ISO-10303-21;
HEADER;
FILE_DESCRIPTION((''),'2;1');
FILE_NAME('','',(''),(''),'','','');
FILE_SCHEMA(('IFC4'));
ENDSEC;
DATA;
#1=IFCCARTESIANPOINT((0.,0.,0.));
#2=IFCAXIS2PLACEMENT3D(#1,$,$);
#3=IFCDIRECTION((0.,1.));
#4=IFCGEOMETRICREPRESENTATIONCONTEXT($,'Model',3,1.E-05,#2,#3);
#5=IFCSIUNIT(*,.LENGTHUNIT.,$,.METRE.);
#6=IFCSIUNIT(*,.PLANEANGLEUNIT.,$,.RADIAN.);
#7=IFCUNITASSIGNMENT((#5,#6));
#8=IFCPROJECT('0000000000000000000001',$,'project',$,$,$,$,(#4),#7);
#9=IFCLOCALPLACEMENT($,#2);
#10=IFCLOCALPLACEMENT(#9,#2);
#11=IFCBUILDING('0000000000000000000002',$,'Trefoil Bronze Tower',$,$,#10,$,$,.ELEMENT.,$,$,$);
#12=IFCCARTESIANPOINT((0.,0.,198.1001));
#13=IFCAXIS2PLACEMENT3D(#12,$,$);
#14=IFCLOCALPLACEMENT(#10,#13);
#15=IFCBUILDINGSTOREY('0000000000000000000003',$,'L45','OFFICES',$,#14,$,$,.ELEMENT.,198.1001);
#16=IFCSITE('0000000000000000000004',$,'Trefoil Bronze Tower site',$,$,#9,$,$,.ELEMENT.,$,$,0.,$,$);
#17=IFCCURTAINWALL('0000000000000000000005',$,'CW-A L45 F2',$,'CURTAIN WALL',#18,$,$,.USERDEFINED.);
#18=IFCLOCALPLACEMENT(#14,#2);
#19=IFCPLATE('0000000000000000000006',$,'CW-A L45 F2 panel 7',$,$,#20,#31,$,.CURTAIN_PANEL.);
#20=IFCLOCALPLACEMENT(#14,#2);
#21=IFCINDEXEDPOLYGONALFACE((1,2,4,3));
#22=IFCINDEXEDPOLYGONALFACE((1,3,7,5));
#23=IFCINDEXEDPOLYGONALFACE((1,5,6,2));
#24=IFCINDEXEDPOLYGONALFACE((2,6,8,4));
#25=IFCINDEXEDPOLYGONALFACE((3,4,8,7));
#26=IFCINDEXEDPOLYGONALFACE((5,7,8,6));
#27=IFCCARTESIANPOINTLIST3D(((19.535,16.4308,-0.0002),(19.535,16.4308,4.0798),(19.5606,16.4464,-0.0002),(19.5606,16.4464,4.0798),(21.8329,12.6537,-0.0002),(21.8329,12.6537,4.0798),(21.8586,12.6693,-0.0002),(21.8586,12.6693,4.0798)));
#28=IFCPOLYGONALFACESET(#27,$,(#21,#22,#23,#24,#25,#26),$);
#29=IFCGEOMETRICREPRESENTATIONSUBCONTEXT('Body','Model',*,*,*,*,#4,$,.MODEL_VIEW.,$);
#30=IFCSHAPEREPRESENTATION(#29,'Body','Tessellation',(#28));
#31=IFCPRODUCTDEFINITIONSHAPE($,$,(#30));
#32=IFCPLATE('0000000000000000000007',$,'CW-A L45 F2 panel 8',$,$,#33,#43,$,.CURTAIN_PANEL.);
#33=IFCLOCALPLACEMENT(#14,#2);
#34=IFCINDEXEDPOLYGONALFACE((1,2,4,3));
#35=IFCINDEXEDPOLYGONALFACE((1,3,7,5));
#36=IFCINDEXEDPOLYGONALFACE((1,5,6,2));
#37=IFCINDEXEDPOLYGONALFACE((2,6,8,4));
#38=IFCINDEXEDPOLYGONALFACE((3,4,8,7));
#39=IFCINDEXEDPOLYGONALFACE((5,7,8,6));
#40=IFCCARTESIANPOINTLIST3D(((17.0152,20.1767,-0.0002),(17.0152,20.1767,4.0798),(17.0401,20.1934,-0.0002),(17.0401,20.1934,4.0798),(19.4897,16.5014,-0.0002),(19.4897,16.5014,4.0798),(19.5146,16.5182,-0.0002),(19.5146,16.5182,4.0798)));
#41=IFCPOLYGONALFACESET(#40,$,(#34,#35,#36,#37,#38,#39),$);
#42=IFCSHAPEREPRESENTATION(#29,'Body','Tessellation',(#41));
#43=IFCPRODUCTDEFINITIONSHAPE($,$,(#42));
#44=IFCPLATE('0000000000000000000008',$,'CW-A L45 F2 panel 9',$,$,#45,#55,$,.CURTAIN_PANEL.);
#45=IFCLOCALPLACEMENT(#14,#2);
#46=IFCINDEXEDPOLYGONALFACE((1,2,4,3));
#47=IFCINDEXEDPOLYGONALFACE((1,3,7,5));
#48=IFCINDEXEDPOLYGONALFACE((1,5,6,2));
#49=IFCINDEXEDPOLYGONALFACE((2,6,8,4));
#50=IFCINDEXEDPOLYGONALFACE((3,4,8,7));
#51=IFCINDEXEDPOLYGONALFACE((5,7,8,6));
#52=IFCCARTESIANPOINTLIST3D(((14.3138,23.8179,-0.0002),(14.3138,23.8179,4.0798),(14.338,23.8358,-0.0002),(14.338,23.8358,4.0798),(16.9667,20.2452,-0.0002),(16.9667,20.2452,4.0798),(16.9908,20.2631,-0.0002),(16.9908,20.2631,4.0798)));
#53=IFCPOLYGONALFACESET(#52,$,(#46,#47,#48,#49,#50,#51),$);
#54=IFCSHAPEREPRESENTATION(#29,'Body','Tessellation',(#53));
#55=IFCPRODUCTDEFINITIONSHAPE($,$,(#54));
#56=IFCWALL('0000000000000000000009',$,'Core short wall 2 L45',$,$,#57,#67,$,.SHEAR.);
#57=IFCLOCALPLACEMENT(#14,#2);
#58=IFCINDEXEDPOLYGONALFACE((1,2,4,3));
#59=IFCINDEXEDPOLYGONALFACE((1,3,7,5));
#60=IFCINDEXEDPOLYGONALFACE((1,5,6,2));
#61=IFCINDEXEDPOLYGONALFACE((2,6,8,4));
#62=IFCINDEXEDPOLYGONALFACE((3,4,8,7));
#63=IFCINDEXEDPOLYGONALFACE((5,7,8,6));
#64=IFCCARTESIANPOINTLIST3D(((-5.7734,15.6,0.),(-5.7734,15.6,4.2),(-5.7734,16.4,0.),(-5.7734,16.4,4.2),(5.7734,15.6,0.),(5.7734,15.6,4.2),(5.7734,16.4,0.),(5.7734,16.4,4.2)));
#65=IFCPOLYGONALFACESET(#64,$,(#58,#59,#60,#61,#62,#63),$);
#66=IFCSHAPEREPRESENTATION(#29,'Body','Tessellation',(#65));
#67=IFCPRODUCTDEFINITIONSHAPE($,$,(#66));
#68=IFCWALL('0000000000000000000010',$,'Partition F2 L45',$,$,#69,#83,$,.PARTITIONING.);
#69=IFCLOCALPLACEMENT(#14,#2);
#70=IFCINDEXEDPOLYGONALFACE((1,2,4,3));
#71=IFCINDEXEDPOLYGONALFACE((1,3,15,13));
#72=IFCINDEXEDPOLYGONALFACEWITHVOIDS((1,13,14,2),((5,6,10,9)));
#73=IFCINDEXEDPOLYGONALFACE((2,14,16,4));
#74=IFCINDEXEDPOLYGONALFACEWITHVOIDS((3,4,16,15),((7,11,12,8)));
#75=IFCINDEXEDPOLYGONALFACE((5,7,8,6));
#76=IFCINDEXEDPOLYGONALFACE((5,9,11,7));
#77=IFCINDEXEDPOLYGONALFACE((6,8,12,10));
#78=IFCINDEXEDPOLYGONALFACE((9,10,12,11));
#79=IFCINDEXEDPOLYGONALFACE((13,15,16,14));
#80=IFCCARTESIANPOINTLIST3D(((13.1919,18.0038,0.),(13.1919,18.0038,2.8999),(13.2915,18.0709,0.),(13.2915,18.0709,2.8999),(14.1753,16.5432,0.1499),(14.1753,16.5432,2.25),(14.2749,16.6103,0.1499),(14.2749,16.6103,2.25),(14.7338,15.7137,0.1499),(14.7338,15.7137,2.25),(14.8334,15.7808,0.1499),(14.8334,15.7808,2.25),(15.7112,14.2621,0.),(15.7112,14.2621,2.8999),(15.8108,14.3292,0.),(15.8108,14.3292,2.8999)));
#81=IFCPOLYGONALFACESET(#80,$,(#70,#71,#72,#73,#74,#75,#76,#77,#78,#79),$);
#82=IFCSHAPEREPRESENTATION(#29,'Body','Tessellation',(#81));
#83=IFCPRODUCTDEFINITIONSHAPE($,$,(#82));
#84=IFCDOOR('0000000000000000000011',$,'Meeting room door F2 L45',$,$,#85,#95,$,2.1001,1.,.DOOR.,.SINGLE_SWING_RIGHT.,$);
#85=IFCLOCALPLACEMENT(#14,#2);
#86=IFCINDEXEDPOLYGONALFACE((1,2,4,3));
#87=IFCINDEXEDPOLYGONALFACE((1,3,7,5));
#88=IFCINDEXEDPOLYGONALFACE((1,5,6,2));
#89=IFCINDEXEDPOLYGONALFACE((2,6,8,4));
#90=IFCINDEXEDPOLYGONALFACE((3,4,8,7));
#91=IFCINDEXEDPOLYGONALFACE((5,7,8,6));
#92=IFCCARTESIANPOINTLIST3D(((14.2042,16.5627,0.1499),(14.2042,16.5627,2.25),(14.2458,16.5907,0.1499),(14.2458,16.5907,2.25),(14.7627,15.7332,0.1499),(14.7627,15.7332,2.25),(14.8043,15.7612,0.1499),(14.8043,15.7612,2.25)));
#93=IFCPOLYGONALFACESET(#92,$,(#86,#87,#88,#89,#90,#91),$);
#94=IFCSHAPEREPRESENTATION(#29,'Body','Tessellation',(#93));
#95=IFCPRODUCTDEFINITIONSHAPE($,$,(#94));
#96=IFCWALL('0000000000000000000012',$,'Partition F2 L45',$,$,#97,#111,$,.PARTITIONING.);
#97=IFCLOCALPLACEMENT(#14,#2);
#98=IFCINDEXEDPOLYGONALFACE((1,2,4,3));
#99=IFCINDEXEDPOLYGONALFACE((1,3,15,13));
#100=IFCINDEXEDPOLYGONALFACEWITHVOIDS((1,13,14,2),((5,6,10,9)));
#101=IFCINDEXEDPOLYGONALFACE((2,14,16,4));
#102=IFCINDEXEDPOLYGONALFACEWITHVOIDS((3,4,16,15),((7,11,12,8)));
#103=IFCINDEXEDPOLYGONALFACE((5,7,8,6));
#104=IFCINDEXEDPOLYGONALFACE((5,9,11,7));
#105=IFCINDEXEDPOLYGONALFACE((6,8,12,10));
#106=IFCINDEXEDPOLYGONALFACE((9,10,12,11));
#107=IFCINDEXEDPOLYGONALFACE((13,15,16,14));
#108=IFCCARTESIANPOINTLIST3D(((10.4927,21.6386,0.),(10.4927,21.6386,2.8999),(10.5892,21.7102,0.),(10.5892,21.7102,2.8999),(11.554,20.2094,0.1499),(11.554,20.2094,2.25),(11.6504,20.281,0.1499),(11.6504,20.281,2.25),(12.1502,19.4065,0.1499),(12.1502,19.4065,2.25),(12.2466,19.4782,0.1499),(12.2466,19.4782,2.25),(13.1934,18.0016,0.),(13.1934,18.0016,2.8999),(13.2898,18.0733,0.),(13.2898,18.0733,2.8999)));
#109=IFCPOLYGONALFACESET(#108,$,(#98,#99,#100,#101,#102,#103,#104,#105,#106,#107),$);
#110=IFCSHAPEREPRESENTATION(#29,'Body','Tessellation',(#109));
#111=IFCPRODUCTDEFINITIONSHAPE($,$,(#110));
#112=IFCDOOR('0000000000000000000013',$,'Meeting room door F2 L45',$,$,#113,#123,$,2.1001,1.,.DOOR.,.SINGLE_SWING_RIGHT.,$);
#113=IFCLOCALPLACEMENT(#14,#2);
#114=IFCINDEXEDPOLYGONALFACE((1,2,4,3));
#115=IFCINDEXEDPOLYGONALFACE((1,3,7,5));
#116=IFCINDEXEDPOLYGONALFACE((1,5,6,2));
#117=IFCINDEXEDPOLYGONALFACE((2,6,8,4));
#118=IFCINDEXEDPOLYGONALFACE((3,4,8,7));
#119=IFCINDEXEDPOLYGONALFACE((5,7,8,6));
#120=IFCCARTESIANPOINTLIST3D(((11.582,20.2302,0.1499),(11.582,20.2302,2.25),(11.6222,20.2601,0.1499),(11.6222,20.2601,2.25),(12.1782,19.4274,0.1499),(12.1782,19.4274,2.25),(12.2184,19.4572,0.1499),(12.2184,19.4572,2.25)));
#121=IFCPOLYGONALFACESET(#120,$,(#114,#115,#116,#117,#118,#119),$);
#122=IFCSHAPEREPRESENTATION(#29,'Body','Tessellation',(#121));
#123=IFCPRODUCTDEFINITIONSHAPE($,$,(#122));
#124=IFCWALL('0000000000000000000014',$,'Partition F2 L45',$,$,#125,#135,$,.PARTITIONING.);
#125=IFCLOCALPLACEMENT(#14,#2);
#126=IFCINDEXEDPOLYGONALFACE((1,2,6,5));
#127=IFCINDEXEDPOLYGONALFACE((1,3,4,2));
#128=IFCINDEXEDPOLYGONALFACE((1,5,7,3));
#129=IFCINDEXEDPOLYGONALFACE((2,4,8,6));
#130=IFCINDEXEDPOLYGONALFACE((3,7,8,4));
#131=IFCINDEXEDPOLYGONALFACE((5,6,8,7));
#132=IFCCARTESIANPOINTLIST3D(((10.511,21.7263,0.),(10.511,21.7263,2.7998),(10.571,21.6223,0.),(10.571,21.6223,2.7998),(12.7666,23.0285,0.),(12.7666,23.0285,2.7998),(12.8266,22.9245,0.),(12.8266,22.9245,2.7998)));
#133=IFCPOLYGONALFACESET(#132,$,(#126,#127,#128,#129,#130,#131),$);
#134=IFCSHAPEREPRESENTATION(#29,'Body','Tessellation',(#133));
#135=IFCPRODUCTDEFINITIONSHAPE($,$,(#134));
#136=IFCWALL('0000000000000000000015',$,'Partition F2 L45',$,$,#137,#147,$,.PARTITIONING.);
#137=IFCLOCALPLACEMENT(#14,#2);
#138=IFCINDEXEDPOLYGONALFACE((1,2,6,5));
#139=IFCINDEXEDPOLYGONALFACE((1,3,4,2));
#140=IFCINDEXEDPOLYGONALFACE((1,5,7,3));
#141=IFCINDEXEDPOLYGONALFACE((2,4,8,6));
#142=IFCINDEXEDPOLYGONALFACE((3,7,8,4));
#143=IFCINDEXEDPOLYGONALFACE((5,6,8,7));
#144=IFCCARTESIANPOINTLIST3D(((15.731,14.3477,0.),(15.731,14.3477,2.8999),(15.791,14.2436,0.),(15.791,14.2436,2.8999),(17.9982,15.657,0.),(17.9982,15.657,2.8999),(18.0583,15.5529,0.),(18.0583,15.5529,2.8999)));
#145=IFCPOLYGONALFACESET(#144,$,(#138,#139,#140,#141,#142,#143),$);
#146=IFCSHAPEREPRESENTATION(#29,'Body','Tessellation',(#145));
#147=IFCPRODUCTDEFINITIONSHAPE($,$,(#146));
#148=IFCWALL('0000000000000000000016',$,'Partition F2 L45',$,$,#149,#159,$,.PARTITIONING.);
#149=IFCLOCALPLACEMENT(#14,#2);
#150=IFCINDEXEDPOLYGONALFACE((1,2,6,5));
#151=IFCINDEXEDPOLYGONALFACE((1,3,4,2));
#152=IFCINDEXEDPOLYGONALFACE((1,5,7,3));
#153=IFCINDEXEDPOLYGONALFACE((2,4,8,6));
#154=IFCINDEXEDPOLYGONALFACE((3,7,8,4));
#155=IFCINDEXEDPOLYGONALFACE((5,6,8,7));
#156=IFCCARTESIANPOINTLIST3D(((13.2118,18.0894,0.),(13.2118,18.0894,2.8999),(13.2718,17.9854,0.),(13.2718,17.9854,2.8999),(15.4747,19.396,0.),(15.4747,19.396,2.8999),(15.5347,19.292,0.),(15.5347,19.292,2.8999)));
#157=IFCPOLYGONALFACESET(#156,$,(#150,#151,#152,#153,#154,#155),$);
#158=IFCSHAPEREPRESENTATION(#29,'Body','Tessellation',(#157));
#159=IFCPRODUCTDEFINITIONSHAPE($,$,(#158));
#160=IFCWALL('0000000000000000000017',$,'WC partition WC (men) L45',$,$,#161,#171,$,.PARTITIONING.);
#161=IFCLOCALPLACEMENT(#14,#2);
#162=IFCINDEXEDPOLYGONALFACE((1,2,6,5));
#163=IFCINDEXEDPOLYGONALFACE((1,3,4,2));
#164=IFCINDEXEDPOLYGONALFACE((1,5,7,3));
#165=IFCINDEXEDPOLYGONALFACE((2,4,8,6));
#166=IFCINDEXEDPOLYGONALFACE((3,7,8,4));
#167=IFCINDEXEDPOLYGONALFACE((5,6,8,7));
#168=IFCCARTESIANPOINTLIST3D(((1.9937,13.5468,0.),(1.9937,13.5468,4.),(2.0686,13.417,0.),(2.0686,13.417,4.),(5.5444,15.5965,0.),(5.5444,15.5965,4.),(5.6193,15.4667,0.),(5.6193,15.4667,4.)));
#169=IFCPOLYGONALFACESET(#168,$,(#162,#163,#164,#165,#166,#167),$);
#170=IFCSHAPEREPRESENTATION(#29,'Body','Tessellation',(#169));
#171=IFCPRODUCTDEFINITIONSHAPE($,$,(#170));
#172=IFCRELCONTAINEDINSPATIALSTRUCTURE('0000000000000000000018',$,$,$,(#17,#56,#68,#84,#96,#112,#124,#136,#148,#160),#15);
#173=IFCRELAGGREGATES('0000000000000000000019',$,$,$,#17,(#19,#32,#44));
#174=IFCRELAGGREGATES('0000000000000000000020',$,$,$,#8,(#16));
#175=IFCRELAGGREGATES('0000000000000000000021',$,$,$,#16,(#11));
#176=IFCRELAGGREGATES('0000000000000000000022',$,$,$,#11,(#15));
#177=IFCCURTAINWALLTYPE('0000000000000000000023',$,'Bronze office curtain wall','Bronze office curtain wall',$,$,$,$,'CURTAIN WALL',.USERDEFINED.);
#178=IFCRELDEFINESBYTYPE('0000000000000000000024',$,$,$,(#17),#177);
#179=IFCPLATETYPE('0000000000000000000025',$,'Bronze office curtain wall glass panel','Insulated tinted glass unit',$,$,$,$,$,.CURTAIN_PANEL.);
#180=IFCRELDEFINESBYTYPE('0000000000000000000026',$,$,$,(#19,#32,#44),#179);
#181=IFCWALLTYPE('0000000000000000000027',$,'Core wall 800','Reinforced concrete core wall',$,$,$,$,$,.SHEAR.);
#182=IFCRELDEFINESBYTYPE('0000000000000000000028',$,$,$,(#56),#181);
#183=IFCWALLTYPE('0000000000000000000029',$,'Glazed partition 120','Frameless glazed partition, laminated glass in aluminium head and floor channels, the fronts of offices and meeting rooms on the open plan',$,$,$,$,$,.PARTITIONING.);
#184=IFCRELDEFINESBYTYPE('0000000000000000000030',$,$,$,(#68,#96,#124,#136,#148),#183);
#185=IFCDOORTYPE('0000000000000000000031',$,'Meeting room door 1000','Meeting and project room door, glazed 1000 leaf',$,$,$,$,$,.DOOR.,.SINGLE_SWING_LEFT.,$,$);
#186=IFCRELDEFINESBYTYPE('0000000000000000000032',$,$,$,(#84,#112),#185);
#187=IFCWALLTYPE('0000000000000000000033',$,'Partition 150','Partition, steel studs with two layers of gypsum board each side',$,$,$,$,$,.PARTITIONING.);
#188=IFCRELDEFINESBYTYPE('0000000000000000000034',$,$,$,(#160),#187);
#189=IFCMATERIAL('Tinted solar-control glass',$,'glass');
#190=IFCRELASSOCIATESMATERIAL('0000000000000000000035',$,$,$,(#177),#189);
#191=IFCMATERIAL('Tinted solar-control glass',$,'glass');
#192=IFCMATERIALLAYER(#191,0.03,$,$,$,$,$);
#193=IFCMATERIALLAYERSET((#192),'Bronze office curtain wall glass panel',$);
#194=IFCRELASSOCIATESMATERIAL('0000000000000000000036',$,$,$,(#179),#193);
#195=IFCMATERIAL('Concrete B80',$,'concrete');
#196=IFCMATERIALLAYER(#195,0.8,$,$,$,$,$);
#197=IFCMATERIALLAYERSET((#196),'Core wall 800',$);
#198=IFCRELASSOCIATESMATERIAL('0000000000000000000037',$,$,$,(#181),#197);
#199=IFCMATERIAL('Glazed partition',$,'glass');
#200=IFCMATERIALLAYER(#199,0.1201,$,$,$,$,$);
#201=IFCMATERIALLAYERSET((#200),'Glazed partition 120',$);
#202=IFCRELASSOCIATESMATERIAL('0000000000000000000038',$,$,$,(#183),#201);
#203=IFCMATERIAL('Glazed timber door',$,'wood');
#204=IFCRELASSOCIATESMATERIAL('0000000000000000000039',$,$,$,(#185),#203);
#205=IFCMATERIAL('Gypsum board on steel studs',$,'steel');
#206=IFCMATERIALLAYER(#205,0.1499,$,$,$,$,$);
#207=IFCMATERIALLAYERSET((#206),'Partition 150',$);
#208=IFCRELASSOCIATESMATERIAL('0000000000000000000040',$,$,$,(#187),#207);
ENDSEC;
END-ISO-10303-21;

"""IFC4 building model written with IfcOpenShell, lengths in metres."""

from ifc_helpers import new_model, si_unit, direction, frame, frame_2d, origin, origin_2d, place, context, subcontext, project, spatial, rectangle, extrude, material, layer, layer_set, type_object, element, fill, aggregate, save


model = new_model("IFC4")

# Units and contexts
model_context = context("Model", 3, precision=1e-05, world=origin(), true_north=direction((0.0, 1.0)))
body_context = subcontext(model_context, "Body", "Model", "MODEL_VIEW")
ifc_project = project(units=[si_unit("LENGTHUNIT", "METRE"), si_unit("PLANEANGLEUNIT", "RADIAN")], contexts=[model_context])

# Site, building, storey
site_placement = place(None, origin())
site = spatial("IfcSite", under=ifc_project, at=site_placement, Name="Trefoil Bronze Tower site", CompositionType="ELEMENT", RefElevation=0.0)
building_placement = place(site_placement, origin())
building = spatial("IfcBuilding", under=site, at=building_placement, Name="Trefoil Bronze Tower", CompositionType="ELEMENT")
storey_placement = place(building_placement, frame((0.0, 0.0, 198.1001)))
storey = spatial("IfcBuildingStorey", under=building, at=storey_placement, Name="L45", Description="OFFICES", CompositionType="ELEMENT", Elevation=198.1001)

# Curtain wall
ifc_material_1 = material(Name="Tinted solar-control glass", Category="glass")
curtain_wall_type = type_object("IfcCurtainWallType", Name="Bronze office curtain wall", Description="Bronze office curtain wall", ElementType="CURTAIN WALL", PredefinedType="USERDEFINED", material=ifc_material_1)
curtain_wall_placement = place(storey_placement, origin())
curtain_wall = element("IfcCurtainWall", 1, at=curtain_wall_placement, inside=storey, type_object=curtain_wall_type, Name="CW-A L45 F2", ObjectType="CURTAIN WALL", PredefinedType="USERDEFINED")

# Plates
ifc_material_2 = material(Name="Tinted solar-control glass", Category="glass")
ifc_layer_1 = layer(ifc_material_2, 0.03)
ifc_layer_set_1 = layer_set([ifc_layer_1], Name="Bronze office curtain wall glass panel")
plate_type = type_object("IfcPlateType", Name="Bronze office curtain wall glass panel", Description="Insulated tinted glass unit", PredefinedType="CURTAIN_PANEL", material=ifc_layer_set_1)
plate_1_placement = place(storey_placement, frame((20.6968, 14.55, -0.0002), z_axis=(0.0, 0.0, 1.0), x_axis=(-0.519762, 0.854311, 0.0)))
plate_1 = element("IfcPlate", 2, at=plate_1_placement, type_object=plate_type, Name="CW-A L45 F2 panel 7", PredefinedType="CURTAIN_PANEL", context=body_context, shape_type="SweptSolid", body=[
    extrude(rectangle(XDim=4.4211, YDim=0.03, at=origin_2d()), origin(), (0.0, 0.0, 1.0), 4.0801),
])
plate_2_placement = place(storey_placement, frame((18.2649, 18.3474, -0.0002), z_axis=(0.0, 0.0, 1.0), x_axis=(-0.558493, 0.829509, 0.0)))
plate_2 = element("IfcPlate", 3, at=plate_2_placement, type_object=plate_type, Name="CW-A L45 F2 panel 8", PredefinedType="CURTAIN_PANEL", context=body_context, shape_type="SweptSolid", body=[
    extrude(rectangle(XDim=4.4307, YDim=0.03, at=origin_2d()), origin(), (0.0, 0.0, 1.0), 4.0801),
])
plate_3_placement = place(storey_placement, frame((15.6523, 22.0405, -0.0002), z_axis=(0.0, 0.0, 1.0), x_axis=(-0.596162, 0.802865, 0.0)))
plate_3 = element("IfcPlate", 4, at=plate_3_placement, type_object=plate_type, Name="CW-A L45 F2 panel 9", PredefinedType="CURTAIN_PANEL", context=body_context, shape_type="SweptSolid", body=[
    extrude(rectangle(XDim=4.45, YDim=0.03, at=origin_2d()), origin(), (0.0, 0.0, 1.0), 4.0801),
])
aggregate(curtain_wall, [plate_1, plate_2, plate_3])

# Wall
ifc_material_3 = material(Name="Concrete B80", Category="concrete")
ifc_layer_2 = layer(ifc_material_3, 0.8)
ifc_layer_set_2 = layer_set([ifc_layer_2], Name="Core wall 800")
wall_type_1 = type_object("IfcWallType", Name="Core wall 800", Description="Reinforced concrete core wall", PredefinedType="SHEAR", material=ifc_layer_set_2)
wall_1_placement = place(storey_placement, frame((5.7734, 16.0, 0.0), z_axis=(0.0, 0.0, 1.0), x_axis=(-1.0, 0.0, 0.0)))
element("IfcWall", 5, at=wall_1_placement, inside=storey, type_object=wall_type_1, Name="Core short wall 2 L45", PredefinedType="SHEAR", context=body_context, shape_type="SweptSolid", body=[
    extrude(rectangle(XDim=11.5469, YDim=0.8, at=frame_2d((5.7734, 0.0))), origin(), (0.0, 0.0, 1.0), 4.2),
])

# Walls, openings, doors
ifc_material_4 = material(Name="Glazed partition", Category="glass")
ifc_layer_3 = layer(ifc_material_4, 0.1201)
ifc_layer_set_3 = layer_set([ifc_layer_3], Name="Glazed partition 120")
wall_type_2 = type_object("IfcWallType", Name="Glazed partition 120", Description="Frameless glazed partition, laminated glass in aluminium head and floor channels, the fronts of offices and meeting rooms on the open plan", PredefinedType="PARTITIONING", material=ifc_layer_set_3)
wall_2_placement = place(storey_placement, frame((15.761, 14.2957, 0.0), z_axis=(0.0, 0.0, 1.0), x_axis=(-0.558504, 0.829502, 0.0)))
wall_2 = element("IfcWall", 6, at=wall_2_placement, inside=storey, type_object=wall_type_2, Name="Partition F2 L45", PredefinedType="PARTITIONING", context=body_context, shape_type="SweptSolid", body=[
    extrude(rectangle(XDim=4.5107, YDim=0.1201, at=frame_2d((2.2554, 0.0))), origin(), (0.0, 0.0, 1.0), 2.8999),
])
opening_1_placement = place(wall_2_placement, frame((1.75, 0.0, 0.1499)))
opening_1 = element("IfcOpeningElement", 7, at=opening_1_placement, cuts=wall_2, PredefinedType="OPENING", context=body_context, shape_type="SweptSolid", body=[
    extrude(rectangle(XDim=1.0, YDim=2.1001, at=frame_2d((0.5, 1.05))), frame((0.0, 0.0701, 0.0), z_axis=(0.0, -1.0, 0.0), x_axis=(1.0, 0.0, 0.0)), (0.0, 0.0, 1.0), 0.1401),
])
ifc_material_5 = material(Name="Glazed timber door", Category="wood")
door_type = type_object("IfcDoorType", Name="Meeting room door 1000", Description="Meeting and project room door, glazed 1000 leaf", OperationType="SINGLE_SWING_LEFT", PredefinedType="DOOR", material=ifc_material_5)
door_1_placement = place(opening_1_placement, frame((1.0, 0.0, 0.0), z_axis=(0.0, 0.0, 1.0), x_axis=(-1.0, 0.0, 0.0)))
door_1 = element("IfcDoor", 8, at=door_1_placement, inside=storey, type_object=door_type, Name="Meeting room door F2 L45", OperationType="SINGLE_SWING_RIGHT", OverallHeight=2.1001, OverallWidth=1.0, PredefinedType="DOOR", context=body_context, shape_type="SweptSolid", body=[
    extrude(rectangle(XDim=1.0, YDim=2.1001, at=frame_2d((0.5, 1.05))), frame((0.0, 0.0249, 0.0), z_axis=(0.0, -1.0, 0.0), x_axis=(1.0, 0.0, 0.0)), (0.0, 0.0, 1.0), 0.05),
])
fill(opening_1, door_1)
wall_3_placement = place(storey_placement, frame((13.2417, 18.0374, 0.0), z_axis=(0.0, 0.0, 1.0), x_axis=(-0.596173, 0.802856, 0.0)))
wall_3 = element("IfcWall", 9, at=wall_3_placement, inside=storey, type_object=wall_type_2, Name="Partition F2 L45", PredefinedType="PARTITIONING", context=body_context, shape_type="SweptSolid", body=[
    extrude(rectangle(XDim=4.53, YDim=0.1201, at=frame_2d((2.2651, 0.0))), origin(), (0.0, 0.0, 1.0), 2.8999),
])
opening_2_placement = place(wall_3_placement, frame((1.75, 0.0, 0.1499)))
opening_2 = element("IfcOpeningElement", 10, at=opening_2_placement, cuts=wall_3, PredefinedType="OPENING", context=body_context, shape_type="SweptSolid", body=[
    extrude(rectangle(XDim=1.0, YDim=2.1001, at=frame_2d((0.5, 1.05))), frame((0.0, 0.0701, 0.0), z_axis=(0.0, -1.0, 0.0), x_axis=(1.0, 0.0, 0.0)), (0.0, 0.0, 1.0), 0.1401),
])
door_2_placement = place(opening_2_placement, frame((1.0, 0.0, 0.0), z_axis=(0.0, 0.0, 1.0), x_axis=(-1.0, 0.0, 0.0)))
door_2 = element("IfcDoor", 11, at=door_2_placement, inside=storey, type_object=door_type, Name="Meeting room door F2 L45", OperationType="SINGLE_SWING_RIGHT", OverallHeight=2.1001, OverallWidth=1.0, PredefinedType="DOOR", context=body_context, shape_type="SweptSolid", body=[
    extrude(rectangle(XDim=1.0, YDim=2.1001, at=frame_2d((0.5, 1.05))), frame((0.0, 0.0249, 0.0), z_axis=(0.0, -1.0, 0.0), x_axis=(1.0, 0.0, 0.0)), (0.0, 0.0, 1.0), 0.05),
])
fill(opening_2, door_2)

# Walls
wall_4_placement = place(storey_placement, frame((10.541, 21.6743, 0.0), z_axis=(0.0, 0.0, 1.0), x_axis=(0.866031, 0.49999, 0.0)))
element("IfcWall", 12, at=wall_4_placement, inside=storey, type_object=wall_type_2, Name="Partition F2 L45", PredefinedType="PARTITIONING", context=body_context, shape_type="SweptSolid", body=[
    extrude(rectangle(XDim=2.6045, YDim=0.1201, at=frame_2d((1.3022, 0.0))), origin(), (0.0, 0.0, 1.0), 2.7998),
])
wall_5_placement = place(storey_placement, frame((15.761, 14.2957, 0.0), z_axis=(0.0, 0.0, 1.0), x_axis=(0.865979, 0.50008, 0.0)))
element("IfcWall", 13, at=wall_5_placement, inside=storey, type_object=wall_type_2, Name="Partition F2 L45", PredefinedType="PARTITIONING", context=body_context, shape_type="SweptSolid", body=[
    extrude(rectangle(XDim=2.6182, YDim=0.1201, at=frame_2d((1.3091, 0.0))), origin(), (0.0, 0.0, 1.0), 2.8999),
])
wall_6_placement = place(storey_placement, frame((13.2417, 18.0374, 0.0), z_axis=(0.0, 0.0, 1.0), x_axis=(0.866004, 0.500038, 0.0)))
element("IfcWall", 14, at=wall_6_placement, inside=storey, type_object=wall_type_2, Name="Partition F2 L45", PredefinedType="PARTITIONING", context=body_context, shape_type="SweptSolid", body=[
    extrude(rectangle(XDim=2.613, YDim=0.1201, at=frame_2d((1.3066, 0.0))), origin(), (0.0, 0.0, 1.0), 2.8999),
])
ifc_material_6 = material(Name="Gypsum board on steel studs", Category="steel")
ifc_layer_4 = layer(ifc_material_6, 0.1499)
ifc_layer_set_4 = layer_set([ifc_layer_4], Name="Partition 150")
wall_type_3 = type_object("IfcWallType", Name="Partition 150", Description="Partition, steel studs with two layers of gypsum board each side", PredefinedType="PARTITIONING", material=ifc_layer_set_4)
wall_7_placement = place(storey_placement, frame((2.0312, 13.4819, 0.0), z_axis=(0.0, 0.0, 1.0), x_axis=(0.866051, 0.499956, 0.0)))
element("IfcWall", 15, at=wall_7_placement, inside=storey, type_object=wall_type_3, Name="WC partition WC (men) L45", PredefinedType="PARTITIONING", context=body_context, shape_type="SweptSolid", body=[
    extrude(rectangle(XDim=4.0999, YDim=0.1499, at=frame_2d((2.0498, 0.0))), origin(), (0.0, 0.0, 1.0), 4.0),
])

save(model, "model.ifc")
